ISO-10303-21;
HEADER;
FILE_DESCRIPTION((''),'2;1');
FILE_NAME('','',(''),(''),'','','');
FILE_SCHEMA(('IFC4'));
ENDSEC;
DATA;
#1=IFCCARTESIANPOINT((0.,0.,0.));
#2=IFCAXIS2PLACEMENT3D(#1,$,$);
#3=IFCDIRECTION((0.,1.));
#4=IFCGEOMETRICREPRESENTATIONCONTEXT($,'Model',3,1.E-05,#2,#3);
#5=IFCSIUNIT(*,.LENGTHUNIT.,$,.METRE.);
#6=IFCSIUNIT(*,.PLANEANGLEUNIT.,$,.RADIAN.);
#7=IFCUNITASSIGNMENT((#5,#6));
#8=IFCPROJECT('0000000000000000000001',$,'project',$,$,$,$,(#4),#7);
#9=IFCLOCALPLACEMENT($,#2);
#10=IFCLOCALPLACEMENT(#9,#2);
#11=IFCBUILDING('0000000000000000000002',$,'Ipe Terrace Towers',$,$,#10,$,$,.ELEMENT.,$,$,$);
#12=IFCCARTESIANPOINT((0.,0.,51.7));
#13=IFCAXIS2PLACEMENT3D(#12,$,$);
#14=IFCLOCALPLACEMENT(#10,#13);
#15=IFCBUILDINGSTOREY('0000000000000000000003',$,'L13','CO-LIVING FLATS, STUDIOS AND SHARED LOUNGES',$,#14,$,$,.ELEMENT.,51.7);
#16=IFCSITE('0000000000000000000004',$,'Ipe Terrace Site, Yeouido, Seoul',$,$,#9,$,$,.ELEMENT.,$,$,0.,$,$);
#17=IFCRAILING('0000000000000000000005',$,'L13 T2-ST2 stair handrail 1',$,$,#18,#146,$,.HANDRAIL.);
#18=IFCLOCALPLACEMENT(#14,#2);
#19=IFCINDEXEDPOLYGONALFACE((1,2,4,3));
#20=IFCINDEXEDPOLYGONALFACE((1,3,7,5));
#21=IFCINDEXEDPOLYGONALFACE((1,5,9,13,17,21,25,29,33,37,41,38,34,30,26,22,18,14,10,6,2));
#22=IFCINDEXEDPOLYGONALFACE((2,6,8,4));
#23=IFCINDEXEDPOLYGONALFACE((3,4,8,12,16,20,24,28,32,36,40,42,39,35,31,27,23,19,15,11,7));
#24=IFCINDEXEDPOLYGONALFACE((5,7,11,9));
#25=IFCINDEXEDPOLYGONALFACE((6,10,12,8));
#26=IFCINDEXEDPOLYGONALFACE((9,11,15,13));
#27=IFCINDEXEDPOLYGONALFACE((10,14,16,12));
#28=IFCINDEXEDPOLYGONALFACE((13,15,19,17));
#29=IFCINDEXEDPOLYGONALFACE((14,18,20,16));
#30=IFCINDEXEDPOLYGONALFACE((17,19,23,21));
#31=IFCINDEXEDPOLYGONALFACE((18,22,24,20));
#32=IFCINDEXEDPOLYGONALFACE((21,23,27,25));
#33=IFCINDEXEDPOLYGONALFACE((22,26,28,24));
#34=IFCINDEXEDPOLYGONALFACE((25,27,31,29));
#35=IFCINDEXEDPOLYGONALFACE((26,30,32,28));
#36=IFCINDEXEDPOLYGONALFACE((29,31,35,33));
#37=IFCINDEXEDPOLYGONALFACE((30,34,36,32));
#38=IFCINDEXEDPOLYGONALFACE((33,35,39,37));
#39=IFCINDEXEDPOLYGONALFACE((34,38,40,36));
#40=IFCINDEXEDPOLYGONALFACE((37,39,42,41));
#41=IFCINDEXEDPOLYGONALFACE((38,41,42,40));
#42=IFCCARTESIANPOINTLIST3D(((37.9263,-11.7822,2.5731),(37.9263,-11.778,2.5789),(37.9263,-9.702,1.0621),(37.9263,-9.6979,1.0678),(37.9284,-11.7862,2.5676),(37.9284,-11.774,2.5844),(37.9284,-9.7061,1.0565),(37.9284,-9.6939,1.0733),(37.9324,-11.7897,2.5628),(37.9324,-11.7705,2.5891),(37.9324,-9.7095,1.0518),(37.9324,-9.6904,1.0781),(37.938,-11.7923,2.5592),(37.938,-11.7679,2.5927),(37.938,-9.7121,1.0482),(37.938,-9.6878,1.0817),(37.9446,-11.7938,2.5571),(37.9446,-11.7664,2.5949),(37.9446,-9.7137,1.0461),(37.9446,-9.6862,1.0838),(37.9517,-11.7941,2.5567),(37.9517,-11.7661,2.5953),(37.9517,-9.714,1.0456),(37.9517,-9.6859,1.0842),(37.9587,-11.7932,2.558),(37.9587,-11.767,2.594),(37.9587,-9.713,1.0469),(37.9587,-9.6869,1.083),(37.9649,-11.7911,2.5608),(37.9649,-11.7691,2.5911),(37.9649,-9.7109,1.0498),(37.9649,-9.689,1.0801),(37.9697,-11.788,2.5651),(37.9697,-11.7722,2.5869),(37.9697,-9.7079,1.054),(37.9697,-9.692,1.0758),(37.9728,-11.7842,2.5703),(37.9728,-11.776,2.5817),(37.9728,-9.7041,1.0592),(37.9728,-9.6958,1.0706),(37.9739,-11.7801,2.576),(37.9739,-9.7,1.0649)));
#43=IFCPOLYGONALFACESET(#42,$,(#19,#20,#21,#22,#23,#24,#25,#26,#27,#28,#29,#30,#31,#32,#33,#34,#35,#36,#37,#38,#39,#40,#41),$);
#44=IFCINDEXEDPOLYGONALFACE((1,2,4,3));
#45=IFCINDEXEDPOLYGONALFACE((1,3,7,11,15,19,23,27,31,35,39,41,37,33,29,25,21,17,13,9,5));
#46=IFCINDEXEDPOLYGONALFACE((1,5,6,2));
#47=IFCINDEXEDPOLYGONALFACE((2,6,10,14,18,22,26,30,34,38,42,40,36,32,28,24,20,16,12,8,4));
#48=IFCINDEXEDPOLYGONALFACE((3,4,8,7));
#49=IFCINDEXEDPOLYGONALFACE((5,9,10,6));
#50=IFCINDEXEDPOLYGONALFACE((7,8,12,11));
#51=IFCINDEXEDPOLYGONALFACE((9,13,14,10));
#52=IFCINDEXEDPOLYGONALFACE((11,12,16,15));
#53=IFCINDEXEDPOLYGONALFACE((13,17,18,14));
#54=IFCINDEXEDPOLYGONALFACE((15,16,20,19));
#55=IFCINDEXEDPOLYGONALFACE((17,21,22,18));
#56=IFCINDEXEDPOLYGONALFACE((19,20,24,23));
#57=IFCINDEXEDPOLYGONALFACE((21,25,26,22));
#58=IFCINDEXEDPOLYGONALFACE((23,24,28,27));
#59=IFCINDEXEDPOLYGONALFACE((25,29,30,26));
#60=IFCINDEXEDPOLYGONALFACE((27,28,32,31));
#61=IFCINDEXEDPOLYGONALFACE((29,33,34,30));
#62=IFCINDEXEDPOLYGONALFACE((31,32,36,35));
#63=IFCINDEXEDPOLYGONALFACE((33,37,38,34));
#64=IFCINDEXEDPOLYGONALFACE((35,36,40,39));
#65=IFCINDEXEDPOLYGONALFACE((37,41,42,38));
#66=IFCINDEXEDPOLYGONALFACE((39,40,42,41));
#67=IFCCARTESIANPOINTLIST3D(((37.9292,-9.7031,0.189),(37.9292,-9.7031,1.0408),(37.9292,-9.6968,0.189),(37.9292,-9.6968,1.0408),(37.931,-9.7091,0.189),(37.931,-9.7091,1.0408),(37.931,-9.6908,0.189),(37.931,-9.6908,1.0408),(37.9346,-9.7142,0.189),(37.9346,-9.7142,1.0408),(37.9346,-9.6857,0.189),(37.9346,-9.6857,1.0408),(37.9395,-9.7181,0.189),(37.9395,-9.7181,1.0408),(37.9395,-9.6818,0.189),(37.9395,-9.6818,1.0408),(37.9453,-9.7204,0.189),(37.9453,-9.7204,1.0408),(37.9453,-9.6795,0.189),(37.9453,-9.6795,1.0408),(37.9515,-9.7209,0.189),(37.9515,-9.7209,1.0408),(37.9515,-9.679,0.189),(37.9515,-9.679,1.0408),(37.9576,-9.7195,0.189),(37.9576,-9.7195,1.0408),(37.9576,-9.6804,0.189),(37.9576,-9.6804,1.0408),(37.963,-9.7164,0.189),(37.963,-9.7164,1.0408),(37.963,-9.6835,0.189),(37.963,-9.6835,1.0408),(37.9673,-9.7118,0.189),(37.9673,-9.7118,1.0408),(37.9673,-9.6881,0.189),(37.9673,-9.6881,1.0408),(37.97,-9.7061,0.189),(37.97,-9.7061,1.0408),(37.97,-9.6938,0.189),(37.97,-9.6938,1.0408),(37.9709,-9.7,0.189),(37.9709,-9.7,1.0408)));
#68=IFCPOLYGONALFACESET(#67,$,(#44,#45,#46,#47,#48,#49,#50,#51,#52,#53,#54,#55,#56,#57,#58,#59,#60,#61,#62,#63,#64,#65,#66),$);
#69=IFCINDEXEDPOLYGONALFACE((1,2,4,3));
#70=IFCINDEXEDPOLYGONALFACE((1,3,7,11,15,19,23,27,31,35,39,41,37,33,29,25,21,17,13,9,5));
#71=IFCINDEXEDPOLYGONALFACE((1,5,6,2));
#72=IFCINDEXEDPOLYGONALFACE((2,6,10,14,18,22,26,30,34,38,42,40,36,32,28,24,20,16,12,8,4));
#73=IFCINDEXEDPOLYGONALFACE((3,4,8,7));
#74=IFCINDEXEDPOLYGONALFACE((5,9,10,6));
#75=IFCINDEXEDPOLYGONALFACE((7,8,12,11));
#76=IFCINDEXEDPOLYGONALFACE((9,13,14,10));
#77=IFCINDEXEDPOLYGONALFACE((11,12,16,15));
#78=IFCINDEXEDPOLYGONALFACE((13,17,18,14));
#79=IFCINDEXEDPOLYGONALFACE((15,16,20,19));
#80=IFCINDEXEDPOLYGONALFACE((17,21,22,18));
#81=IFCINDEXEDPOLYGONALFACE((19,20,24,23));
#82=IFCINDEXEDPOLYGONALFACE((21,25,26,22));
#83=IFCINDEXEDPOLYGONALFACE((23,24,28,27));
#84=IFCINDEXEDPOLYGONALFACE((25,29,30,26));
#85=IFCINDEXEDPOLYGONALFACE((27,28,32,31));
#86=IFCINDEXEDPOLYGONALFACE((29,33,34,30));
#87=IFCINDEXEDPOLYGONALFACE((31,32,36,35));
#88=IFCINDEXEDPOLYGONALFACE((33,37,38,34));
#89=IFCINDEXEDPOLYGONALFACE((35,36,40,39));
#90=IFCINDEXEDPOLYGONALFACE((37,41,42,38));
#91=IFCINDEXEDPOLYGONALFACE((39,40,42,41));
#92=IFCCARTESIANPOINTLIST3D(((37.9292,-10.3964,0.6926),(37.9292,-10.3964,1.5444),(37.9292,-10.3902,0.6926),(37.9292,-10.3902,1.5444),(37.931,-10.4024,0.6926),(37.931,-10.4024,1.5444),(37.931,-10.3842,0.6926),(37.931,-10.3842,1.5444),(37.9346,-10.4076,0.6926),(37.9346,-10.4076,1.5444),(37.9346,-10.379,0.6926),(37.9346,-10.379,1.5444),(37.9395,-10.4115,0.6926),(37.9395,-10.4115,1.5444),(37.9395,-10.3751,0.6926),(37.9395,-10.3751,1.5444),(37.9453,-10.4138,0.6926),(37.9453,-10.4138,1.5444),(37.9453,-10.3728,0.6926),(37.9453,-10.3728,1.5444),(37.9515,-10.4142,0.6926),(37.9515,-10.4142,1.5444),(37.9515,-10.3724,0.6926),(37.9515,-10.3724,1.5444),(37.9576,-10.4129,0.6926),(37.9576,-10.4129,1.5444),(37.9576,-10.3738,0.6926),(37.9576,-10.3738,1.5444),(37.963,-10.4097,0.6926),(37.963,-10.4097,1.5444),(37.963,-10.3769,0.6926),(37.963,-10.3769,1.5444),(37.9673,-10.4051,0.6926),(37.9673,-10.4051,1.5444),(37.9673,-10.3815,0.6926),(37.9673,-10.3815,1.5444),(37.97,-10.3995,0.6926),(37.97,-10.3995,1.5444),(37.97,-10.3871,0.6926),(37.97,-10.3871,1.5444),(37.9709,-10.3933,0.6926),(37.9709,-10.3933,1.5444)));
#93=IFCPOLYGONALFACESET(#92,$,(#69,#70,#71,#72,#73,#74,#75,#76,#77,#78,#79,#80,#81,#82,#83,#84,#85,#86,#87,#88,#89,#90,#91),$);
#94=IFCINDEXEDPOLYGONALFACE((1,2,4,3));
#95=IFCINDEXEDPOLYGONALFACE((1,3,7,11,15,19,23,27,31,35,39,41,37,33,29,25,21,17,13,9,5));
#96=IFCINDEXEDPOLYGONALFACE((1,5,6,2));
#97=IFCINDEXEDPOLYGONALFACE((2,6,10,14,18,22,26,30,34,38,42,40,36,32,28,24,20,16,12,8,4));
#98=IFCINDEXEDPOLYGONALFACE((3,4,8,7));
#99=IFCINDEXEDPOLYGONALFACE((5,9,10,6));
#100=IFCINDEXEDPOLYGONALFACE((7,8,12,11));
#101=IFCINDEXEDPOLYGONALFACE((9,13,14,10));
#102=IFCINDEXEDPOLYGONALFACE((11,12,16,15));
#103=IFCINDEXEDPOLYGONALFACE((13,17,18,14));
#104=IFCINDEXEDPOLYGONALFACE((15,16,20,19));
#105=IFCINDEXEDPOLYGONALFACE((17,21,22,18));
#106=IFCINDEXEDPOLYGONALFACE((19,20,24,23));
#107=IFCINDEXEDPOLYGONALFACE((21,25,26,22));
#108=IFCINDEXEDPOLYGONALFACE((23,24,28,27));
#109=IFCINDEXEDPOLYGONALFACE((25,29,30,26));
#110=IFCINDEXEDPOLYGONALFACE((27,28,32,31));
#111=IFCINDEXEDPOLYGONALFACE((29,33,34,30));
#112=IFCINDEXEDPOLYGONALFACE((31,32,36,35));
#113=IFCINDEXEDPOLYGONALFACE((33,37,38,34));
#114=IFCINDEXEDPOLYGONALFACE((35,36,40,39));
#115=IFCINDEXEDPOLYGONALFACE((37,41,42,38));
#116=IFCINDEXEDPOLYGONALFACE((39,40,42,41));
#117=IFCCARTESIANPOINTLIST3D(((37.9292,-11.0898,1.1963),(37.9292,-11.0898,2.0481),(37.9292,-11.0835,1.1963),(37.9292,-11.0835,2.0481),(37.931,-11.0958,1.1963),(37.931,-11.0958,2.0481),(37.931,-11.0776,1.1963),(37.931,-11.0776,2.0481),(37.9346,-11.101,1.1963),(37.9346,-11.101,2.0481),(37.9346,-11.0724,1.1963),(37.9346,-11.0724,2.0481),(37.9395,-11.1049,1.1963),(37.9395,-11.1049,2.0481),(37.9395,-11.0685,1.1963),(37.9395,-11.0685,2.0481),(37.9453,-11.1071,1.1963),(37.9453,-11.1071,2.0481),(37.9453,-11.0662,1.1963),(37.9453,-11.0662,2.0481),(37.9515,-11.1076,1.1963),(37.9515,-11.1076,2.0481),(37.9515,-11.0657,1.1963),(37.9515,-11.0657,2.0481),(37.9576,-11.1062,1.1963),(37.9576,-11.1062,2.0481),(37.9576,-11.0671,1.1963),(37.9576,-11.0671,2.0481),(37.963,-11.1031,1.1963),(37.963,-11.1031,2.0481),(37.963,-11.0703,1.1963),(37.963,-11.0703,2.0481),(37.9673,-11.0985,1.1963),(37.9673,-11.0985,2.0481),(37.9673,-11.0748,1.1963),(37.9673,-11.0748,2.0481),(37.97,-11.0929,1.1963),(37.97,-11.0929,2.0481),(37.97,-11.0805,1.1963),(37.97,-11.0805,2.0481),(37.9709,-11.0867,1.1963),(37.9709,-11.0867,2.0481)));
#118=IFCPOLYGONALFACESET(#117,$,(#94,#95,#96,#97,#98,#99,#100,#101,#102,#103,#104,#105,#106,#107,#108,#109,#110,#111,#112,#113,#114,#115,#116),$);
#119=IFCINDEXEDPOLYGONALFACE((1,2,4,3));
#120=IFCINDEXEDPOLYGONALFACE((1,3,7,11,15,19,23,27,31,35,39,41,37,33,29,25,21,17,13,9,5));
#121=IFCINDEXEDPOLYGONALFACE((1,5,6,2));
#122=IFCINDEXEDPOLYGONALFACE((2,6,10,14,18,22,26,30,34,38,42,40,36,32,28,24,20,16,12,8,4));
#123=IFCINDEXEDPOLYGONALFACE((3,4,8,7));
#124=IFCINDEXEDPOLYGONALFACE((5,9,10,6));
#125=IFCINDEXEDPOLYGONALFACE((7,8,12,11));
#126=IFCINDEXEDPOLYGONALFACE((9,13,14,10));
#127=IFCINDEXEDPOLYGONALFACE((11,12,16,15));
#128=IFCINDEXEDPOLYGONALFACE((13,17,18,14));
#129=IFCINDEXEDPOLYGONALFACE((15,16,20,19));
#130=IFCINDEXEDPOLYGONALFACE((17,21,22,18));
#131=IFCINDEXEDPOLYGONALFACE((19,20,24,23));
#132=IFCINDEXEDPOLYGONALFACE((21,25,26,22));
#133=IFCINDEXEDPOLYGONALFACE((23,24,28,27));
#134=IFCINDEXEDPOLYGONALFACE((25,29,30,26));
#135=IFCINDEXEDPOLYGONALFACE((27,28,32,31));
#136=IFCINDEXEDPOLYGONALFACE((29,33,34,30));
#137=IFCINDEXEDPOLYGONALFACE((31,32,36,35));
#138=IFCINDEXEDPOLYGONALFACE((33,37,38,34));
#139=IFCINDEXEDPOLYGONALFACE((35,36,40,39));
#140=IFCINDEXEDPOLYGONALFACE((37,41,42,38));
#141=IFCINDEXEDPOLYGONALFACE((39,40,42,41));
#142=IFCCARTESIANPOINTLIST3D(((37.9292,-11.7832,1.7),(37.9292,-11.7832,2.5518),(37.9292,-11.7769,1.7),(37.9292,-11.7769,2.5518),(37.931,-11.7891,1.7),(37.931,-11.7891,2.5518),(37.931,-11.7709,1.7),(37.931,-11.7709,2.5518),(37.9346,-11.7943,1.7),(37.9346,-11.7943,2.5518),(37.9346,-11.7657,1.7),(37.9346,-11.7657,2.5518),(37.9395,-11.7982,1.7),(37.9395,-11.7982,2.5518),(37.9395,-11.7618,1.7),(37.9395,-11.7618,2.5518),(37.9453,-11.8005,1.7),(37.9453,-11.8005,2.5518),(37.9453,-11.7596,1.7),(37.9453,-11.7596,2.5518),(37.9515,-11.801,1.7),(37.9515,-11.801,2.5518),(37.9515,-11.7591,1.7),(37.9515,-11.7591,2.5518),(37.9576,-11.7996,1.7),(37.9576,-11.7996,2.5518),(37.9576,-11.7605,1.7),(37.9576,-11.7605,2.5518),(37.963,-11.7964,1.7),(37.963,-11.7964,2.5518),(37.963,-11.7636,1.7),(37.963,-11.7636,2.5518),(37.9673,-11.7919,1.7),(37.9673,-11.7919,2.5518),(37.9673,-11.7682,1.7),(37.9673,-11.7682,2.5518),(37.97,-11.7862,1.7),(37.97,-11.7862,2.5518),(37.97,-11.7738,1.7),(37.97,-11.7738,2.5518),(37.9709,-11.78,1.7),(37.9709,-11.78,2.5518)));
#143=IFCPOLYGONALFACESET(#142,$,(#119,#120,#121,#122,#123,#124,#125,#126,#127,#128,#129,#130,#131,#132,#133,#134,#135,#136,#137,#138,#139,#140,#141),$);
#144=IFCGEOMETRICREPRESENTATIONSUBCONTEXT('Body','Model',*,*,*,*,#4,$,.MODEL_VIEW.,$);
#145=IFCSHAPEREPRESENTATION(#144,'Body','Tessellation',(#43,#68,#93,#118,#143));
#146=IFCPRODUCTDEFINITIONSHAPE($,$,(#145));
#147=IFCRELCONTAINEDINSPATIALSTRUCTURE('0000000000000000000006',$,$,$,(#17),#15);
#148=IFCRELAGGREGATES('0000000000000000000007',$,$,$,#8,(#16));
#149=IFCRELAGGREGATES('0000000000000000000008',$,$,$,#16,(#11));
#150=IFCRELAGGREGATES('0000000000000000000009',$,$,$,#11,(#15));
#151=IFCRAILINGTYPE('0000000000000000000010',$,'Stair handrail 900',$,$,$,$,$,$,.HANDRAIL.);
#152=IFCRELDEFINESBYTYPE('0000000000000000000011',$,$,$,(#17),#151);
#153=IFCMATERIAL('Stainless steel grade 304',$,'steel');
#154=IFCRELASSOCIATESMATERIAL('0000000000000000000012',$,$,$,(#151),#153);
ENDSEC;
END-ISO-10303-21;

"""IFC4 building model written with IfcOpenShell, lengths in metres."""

from ifc_helpers import new_model, si_unit, direction, frame, origin, origin_2d, place, context, subcontext, project, spatial, circle, extrude, material, type_object, element, save


model = new_model("IFC4")

# Units and contexts
model_context = context("Model", 3, precision=1e-05, world=origin(), true_north=direction((0.0, 1.0)))
body_context = subcontext(model_context, "Body", "Model", "MODEL_VIEW")
ifc_project = project(units=[si_unit("LENGTHUNIT", "METRE"), si_unit("PLANEANGLEUNIT", "RADIAN")], contexts=[model_context])

# Site, building, storey
site_placement = place(None, origin())
site = spatial("IfcSite", under=ifc_project, at=site_placement, Name="Ipe Terrace Site, Yeouido, Seoul", CompositionType="ELEMENT", RefElevation=0.0)
building_placement = place(site_placement, origin())
building = spatial("IfcBuilding", under=site, at=building_placement, Name="Ipe Terrace Towers", CompositionType="ELEMENT")
storey_placement = place(building_placement, frame((0.0, 0.0, 51.7)))
storey = spatial("IfcBuildingStorey", under=building, at=storey_placement, Name="L13", Description="CO-LIVING FLATS, STUDIOS AND SHARED LOUNGES", CompositionType="ELEMENT", Elevation=51.7)

# Railing
ifc_material_1 = material(Name="Stainless steel grade 304", Category="steel")
railing_type_1 = type_object("IfcRailingType", Name="Stair handrail 900", PredefinedType="HANDRAIL", material=ifc_material_1)
railing_1_placement = place(storey_placement, frame((37.95, -9.7, 0.189)))
element("IfcRailing", 1, at=railing_1_placement, inside=storey, type_object=railing_type_1, Name="L13 T2-ST2 stair handrail 1", PredefinedType="HANDRAIL", context=body_context, shape_type="SweptSolid", body=[
    extrude(circle(Radius=0.0239, at=origin_2d()), frame((0.0, 0.0, 0.876), z_axis=(0.0, -0.809069, 0.587714), x_axis=(1.0, 0.0, 0.0)), (0.0, 0.0, 1.0), 2.571),
    extrude(circle(Radius=0.021, at=origin_2d()), origin(), (0.0, 0.0, 1.0), 0.8518),
    extrude(circle(Radius=0.021, at=origin_2d()), frame((0.0, -0.6934, 0.5037)), (0.0, 0.0, 1.0), 0.8518),
    extrude(circle(Radius=0.021, at=origin_2d()), frame((0.0, -1.3867, 1.0073)), (0.0, 0.0, 1.0), 0.8518),
    extrude(circle(Radius=0.021, at=origin_2d()), frame((0.0, -2.0801, 1.511)), (0.0, 0.0, 1.0), 0.8518),
])

save(model, "model.ifc")
